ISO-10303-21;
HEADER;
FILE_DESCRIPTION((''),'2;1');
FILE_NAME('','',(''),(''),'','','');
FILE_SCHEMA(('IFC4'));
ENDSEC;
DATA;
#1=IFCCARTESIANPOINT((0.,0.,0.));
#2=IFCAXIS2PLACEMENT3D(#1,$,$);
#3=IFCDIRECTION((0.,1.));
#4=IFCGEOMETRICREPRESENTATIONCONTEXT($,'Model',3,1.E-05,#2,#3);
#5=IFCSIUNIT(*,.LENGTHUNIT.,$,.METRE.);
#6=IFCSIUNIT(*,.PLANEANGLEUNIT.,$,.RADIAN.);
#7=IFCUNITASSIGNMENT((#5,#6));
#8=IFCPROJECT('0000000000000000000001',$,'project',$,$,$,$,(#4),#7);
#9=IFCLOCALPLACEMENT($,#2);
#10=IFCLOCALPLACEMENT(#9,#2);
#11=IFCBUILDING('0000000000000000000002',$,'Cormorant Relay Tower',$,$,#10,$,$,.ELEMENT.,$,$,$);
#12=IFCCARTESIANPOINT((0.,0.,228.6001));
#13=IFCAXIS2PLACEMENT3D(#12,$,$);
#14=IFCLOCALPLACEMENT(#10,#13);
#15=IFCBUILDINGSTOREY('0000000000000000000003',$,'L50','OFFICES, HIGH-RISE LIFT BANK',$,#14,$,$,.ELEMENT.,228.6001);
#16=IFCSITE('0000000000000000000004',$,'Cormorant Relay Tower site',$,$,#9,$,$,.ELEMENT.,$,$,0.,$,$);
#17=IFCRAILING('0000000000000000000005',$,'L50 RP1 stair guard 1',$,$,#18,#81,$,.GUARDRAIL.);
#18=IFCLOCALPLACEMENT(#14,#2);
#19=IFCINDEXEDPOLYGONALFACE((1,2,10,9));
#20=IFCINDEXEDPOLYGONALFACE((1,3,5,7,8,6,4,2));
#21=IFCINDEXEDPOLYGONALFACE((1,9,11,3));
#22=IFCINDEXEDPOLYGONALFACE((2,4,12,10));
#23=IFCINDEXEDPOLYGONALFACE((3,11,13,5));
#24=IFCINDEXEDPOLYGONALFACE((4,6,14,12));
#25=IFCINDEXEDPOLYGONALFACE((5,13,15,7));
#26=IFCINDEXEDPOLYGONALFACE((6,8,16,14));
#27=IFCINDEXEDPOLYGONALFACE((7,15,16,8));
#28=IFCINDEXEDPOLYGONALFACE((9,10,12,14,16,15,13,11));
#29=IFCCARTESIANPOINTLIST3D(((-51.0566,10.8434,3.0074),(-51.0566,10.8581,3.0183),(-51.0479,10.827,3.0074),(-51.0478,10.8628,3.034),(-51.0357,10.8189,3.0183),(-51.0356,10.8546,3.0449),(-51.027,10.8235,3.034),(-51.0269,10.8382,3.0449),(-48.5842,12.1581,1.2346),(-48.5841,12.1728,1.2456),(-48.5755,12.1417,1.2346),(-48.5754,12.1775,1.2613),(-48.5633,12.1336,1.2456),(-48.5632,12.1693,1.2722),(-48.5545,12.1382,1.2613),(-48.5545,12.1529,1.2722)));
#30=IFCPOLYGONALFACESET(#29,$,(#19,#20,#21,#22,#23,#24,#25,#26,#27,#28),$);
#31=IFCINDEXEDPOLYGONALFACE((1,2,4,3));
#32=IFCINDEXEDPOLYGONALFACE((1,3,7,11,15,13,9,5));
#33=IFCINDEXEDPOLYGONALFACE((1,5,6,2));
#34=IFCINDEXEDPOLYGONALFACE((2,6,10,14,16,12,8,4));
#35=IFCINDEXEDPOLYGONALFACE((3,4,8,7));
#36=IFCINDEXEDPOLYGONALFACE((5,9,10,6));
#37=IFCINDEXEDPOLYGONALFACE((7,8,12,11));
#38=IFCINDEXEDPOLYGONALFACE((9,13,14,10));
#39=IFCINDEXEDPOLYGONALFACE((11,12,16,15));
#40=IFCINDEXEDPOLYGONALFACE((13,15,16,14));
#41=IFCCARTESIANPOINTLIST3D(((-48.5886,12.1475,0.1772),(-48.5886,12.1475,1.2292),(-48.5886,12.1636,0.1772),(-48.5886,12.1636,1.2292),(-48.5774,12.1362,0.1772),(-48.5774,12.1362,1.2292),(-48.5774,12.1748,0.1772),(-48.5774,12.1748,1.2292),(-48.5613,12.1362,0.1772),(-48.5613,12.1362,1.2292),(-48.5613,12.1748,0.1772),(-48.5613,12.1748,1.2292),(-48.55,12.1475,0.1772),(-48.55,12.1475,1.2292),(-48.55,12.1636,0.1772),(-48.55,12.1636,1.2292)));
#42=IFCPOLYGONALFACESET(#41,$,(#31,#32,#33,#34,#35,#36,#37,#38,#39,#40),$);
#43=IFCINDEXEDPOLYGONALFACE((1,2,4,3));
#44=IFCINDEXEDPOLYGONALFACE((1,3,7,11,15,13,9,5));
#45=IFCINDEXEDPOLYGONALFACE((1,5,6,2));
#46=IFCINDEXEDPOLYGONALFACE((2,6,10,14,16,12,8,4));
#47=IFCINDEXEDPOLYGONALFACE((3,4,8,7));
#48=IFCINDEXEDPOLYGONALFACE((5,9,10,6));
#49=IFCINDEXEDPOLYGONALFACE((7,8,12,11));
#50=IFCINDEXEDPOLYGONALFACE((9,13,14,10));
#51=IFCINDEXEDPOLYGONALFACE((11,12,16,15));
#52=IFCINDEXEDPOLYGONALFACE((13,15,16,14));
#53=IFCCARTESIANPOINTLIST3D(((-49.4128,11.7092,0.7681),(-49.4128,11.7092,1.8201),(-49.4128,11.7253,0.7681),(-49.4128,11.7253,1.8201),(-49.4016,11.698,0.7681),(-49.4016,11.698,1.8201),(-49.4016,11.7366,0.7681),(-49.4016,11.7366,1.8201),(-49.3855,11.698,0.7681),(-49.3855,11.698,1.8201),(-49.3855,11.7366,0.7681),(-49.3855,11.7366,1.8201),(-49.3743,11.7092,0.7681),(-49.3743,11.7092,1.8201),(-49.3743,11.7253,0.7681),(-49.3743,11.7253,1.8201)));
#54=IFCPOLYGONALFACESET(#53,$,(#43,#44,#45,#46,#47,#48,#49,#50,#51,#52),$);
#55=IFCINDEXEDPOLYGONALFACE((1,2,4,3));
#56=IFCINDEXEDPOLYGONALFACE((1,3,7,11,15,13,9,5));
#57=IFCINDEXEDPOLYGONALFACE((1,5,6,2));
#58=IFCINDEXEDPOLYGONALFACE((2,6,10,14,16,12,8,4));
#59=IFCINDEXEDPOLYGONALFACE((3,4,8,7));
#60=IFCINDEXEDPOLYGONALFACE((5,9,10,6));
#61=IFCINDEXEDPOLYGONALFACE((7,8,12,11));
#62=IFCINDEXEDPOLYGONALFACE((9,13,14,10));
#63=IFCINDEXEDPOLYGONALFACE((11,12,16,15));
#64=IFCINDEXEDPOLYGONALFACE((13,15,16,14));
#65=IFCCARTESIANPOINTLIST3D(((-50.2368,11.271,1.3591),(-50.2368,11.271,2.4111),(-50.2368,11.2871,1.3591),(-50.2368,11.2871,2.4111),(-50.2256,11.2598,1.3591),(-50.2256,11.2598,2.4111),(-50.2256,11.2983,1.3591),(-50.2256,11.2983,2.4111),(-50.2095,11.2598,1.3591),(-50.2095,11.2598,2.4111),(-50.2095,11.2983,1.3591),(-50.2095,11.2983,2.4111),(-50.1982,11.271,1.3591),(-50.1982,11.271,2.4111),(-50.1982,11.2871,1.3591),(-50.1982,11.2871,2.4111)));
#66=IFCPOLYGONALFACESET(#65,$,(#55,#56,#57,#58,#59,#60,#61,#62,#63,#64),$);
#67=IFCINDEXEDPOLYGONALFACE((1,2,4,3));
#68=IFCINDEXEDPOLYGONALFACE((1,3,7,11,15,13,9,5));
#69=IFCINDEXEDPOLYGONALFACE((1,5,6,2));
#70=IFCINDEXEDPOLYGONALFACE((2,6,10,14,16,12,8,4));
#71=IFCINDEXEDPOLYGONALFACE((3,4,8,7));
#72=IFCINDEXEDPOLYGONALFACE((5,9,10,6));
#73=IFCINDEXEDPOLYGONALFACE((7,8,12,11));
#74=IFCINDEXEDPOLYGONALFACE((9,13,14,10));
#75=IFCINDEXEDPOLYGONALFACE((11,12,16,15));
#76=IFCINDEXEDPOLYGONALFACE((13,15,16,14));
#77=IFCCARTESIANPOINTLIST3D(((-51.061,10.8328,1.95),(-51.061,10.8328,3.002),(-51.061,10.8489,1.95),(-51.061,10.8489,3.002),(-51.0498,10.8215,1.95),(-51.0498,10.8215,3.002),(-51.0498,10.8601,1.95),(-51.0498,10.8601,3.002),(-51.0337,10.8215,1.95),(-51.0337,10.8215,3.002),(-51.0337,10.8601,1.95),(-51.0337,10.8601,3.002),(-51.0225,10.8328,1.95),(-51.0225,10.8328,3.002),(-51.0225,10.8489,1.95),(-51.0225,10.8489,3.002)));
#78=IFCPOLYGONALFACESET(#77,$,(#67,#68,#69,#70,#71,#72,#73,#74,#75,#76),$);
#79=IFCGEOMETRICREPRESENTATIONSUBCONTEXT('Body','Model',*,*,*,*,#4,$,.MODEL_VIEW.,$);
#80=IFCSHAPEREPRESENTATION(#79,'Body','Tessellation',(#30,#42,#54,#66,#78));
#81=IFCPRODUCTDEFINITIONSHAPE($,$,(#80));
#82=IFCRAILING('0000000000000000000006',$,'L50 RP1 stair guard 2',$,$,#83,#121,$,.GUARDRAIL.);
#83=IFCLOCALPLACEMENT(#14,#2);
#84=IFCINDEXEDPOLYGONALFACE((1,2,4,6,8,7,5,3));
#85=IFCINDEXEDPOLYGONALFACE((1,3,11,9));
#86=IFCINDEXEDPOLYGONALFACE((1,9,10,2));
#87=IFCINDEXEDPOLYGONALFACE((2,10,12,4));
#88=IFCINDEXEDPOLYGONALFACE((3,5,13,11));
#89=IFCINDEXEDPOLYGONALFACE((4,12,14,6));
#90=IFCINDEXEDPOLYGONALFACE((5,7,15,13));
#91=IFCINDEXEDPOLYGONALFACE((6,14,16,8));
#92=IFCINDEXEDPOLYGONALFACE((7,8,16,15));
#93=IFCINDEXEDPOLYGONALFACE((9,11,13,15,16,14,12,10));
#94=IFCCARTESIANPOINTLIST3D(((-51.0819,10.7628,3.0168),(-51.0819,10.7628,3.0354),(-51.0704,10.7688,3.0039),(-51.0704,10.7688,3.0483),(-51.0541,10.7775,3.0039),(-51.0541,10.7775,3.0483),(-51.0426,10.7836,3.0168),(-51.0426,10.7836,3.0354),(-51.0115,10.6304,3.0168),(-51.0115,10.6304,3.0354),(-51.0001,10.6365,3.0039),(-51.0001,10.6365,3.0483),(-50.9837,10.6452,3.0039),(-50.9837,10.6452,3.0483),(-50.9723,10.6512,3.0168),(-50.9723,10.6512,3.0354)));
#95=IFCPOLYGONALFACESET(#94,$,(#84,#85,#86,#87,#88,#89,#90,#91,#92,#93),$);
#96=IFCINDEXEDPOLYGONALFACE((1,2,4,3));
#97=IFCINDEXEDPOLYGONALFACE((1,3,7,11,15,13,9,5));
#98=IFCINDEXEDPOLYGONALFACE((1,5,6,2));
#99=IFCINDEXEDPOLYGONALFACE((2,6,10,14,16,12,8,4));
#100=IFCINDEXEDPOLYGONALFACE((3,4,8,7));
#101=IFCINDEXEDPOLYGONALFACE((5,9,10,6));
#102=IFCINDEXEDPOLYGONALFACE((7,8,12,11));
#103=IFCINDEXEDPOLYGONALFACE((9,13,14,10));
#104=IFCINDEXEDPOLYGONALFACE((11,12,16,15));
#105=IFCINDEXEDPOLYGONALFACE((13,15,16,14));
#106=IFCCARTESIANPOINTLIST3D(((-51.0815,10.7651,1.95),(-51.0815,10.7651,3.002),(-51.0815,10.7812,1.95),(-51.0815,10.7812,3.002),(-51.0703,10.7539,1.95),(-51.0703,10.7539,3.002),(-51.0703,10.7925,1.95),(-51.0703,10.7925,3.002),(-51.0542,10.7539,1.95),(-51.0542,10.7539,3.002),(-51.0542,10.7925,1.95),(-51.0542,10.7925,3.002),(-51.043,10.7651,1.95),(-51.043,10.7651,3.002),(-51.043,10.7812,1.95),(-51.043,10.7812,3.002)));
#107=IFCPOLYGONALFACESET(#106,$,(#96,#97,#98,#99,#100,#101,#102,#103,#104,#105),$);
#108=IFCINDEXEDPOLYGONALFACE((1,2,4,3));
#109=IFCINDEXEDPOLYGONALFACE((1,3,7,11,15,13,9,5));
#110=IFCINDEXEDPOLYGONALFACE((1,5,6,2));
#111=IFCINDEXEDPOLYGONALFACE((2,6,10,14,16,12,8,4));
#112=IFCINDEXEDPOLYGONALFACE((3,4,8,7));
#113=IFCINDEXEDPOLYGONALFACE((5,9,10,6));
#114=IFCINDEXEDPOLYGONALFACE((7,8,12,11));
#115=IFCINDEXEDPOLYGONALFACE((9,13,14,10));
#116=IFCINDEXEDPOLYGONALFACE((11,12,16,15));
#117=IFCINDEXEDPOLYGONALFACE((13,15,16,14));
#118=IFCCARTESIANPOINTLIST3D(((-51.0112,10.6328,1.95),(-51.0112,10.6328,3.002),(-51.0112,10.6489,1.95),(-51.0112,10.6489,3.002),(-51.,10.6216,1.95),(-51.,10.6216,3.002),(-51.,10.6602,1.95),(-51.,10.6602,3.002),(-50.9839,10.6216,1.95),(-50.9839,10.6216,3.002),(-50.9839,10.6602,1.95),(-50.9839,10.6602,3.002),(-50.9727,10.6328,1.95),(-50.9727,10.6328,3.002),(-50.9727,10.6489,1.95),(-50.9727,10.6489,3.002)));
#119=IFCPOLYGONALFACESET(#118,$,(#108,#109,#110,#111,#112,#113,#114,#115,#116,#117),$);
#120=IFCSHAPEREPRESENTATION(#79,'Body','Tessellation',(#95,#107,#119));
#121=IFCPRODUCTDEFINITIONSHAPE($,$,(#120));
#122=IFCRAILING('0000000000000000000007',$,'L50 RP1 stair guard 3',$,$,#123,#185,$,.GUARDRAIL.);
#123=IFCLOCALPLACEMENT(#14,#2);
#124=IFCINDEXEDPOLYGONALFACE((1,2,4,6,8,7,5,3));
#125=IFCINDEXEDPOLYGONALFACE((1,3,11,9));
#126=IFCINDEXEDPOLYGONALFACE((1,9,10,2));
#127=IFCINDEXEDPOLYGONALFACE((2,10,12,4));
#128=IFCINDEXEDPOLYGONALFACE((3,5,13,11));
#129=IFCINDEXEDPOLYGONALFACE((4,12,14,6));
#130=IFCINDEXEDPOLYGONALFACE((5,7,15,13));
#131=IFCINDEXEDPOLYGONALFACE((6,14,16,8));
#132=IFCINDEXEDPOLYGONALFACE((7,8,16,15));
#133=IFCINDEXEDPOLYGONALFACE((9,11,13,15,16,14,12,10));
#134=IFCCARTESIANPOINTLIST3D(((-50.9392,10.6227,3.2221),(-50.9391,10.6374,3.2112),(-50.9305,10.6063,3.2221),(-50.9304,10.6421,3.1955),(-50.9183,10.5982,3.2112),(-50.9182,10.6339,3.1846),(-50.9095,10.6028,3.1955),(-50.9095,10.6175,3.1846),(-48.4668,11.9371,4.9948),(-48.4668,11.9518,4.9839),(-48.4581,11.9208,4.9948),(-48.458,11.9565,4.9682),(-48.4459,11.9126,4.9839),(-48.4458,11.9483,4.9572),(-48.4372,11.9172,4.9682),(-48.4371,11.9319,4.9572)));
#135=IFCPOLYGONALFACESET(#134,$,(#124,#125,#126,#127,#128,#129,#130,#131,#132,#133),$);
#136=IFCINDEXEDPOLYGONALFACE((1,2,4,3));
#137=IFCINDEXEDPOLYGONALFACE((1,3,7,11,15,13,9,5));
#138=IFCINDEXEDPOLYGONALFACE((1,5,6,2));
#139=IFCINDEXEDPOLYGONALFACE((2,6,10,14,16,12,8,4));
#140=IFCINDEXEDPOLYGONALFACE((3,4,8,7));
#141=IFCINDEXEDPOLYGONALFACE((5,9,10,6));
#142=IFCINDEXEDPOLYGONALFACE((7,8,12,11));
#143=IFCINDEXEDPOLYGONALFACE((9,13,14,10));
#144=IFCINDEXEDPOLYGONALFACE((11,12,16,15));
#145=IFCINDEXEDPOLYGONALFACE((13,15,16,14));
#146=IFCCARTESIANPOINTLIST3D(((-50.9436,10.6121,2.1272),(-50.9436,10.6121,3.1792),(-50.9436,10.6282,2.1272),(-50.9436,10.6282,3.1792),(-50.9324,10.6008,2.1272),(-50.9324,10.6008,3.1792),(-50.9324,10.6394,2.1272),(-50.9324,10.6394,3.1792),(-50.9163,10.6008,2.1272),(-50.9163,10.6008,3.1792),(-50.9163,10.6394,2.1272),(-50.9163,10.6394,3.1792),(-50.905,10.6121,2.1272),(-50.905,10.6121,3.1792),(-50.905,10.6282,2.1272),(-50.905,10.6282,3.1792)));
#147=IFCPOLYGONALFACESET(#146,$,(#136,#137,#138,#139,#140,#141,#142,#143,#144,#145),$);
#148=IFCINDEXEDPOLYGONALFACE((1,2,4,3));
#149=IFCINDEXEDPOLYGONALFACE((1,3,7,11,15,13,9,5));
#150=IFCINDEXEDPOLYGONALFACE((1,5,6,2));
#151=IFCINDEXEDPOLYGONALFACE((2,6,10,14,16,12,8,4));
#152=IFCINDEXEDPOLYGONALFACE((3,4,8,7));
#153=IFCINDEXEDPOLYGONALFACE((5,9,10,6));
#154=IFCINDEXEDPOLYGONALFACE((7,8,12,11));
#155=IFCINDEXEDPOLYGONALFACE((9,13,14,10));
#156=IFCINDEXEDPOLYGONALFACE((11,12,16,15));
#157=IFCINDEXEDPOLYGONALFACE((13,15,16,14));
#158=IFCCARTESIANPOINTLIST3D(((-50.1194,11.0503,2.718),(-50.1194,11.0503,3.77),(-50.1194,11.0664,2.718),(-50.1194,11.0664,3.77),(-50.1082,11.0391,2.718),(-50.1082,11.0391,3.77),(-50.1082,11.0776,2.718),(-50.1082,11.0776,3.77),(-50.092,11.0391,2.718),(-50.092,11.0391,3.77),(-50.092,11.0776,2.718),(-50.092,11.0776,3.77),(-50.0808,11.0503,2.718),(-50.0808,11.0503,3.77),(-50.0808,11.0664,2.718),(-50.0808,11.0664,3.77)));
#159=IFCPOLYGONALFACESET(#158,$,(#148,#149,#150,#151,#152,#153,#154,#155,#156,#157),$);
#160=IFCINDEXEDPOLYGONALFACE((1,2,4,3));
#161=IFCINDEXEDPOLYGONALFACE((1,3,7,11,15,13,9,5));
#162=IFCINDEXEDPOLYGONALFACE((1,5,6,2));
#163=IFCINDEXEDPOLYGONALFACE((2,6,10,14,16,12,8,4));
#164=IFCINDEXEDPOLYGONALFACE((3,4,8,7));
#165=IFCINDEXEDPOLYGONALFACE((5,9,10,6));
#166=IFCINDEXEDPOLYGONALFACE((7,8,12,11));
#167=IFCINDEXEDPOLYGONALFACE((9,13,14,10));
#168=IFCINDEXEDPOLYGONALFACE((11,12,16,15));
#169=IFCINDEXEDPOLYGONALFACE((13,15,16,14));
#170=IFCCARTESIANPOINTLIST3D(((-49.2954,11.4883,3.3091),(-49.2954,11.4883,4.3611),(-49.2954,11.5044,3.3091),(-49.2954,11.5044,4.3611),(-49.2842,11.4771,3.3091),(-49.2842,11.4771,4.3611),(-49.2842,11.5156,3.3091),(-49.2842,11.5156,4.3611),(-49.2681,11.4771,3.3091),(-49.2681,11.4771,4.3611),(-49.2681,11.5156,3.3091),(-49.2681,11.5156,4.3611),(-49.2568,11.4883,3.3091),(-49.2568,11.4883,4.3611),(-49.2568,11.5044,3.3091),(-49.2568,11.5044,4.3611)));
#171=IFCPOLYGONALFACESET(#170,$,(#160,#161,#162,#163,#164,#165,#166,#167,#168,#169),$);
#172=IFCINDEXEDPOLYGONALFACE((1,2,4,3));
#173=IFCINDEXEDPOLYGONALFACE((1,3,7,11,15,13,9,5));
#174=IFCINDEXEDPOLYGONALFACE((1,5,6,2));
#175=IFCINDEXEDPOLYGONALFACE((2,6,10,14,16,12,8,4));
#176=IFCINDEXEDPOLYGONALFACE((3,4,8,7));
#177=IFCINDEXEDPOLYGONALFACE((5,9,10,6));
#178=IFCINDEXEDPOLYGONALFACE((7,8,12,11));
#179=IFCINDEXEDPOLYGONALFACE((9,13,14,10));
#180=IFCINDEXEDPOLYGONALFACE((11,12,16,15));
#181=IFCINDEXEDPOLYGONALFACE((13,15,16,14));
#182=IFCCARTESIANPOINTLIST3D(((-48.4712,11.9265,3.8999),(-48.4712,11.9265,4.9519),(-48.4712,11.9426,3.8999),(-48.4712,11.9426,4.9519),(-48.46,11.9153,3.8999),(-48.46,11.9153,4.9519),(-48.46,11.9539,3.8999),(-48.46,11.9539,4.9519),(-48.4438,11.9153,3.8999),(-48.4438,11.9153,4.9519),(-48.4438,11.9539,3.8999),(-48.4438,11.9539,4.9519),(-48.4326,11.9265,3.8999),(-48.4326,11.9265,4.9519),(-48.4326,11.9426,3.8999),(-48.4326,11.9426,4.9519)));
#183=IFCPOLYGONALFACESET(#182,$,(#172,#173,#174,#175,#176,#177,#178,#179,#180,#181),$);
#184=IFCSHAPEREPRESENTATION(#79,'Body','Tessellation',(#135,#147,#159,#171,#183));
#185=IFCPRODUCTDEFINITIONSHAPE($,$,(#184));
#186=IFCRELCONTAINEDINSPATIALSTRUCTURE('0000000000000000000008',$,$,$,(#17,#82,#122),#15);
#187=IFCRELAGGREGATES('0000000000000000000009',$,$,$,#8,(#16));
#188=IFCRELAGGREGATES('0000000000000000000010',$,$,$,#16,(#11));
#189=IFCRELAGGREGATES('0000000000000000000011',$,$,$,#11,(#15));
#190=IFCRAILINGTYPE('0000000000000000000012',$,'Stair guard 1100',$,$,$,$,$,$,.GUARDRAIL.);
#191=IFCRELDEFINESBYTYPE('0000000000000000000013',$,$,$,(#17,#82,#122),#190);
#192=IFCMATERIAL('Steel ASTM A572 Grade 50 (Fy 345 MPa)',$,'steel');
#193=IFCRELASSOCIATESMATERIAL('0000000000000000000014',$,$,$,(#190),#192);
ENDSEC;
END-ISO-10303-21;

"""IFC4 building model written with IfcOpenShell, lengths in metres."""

from ifc_helpers import new_model, si_unit, direction, frame, origin, place, context, subcontext, project, spatial, polyline, outline, extrude, material, type_object, element, save


model = new_model("IFC4")

# Units and contexts
model_context = context("Model", 3, precision=1e-05, world=origin(), true_north=direction((0.0, 1.0)))
body_context = subcontext(model_context, "Body", "Model", "MODEL_VIEW")
ifc_project = project(units=[si_unit("LENGTHUNIT", "METRE"), si_unit("PLANEANGLEUNIT", "RADIAN")], contexts=[model_context])

# Site, building, storey
site_placement = place(None, origin())
site = spatial("IfcSite", under=ifc_project, at=site_placement, Name="Cormorant Relay Tower site", CompositionType="ELEMENT", RefElevation=0.0)
building_placement = place(site_placement, origin())
building = spatial("IfcBuilding", under=site, at=building_placement, Name="Cormorant Relay Tower", CompositionType="ELEMENT")
storey_placement = place(building_placement, frame((0.0, 0.0, 228.6001)))
storey = spatial("IfcBuildingStorey", under=building, at=storey_placement, Name="L50", Description="OFFICES, HIGH-RISE LIFT BANK", CompositionType="ELEMENT", Elevation=228.6001)

# Railings
ifc_material_1 = material(Name="Steel ASTM A572 Grade 50 (Fy 345 MPa)", Category="steel")
railing_type_1 = type_object("IfcRailingType", Name="Stair guard 1100", PredefinedType="GUARDRAIL", material=ifc_material_1)
railing_1_placement = place(storey_placement, frame((-48.5693, 12.1555, 0.1772)))
element("IfcRailing", 1, at=railing_1_placement, inside=storey, type_object=railing_type_1, Name="L50 RP1 stair guard 1", PredefinedType="GUARDRAIL", context=body_context, shape_type="SweptSolid", body=[
    extrude(outline(polyline([(0.0222, 0.0093), (0.0093, 0.0222), (-0.0093, 0.0222), (-0.0222, 0.0093), (-0.0222, -0.0093), (-0.0093, -0.0222), (0.0093, -0.0222), (0.0222, -0.0093), (0.0222, 0.0093)])), frame((0.0, 0.0, 1.0762), z_axis=(-0.746012, -0.39669, 0.534886), x_axis=(0.469497, -0.882934, 0.0)), (0.0, 0.0, 1.0), 3.3142),
    extrude(outline(polyline([(0.0193, 0.0081), (0.0081, 0.0193), (-0.0081, 0.0193), (-0.0193, 0.0081), (-0.0193, -0.0081), (-0.0081, -0.0193), (0.0081, -0.0193), (0.0193, -0.0081), (0.0193, 0.0081)])), origin(), (0.0, 0.0, 1.0), 1.052),
    extrude(outline(polyline([(0.0193, 0.0081), (0.0081, 0.0193), (-0.0081, 0.0193), (-0.0193, 0.0081), (-0.0193, -0.0081), (-0.0081, -0.0193), (0.0081, -0.0193), (0.0193, -0.0081), (0.0193, 0.0081)])), frame((-0.8242, -0.4382, 0.5908)), (0.0, 0.0, 1.0), 1.052),
    extrude(outline(polyline([(0.0193, 0.0081), (0.0081, 0.0193), (-0.0081, 0.0193), (-0.0193, 0.0081), (-0.0193, -0.0081), (-0.0081, -0.0193), (0.0081, -0.0193), (0.0193, -0.0081), (0.0193, 0.0081)])), frame((-1.6482, -0.8765, 1.1819)), (0.0, 0.0, 1.0), 1.052),
    extrude(outline(polyline([(0.0193, 0.0081), (0.0081, 0.0193), (-0.0081, 0.0193), (-0.0193, 0.0081), (-0.0193, -0.0081), (-0.0081, -0.0193), (0.0081, -0.0193), (0.0193, -0.0081), (0.0193, 0.0081)])), frame((-2.4724, -1.3147, 1.7727)), (0.0, 0.0, 1.0), 1.052),
])
railing_2_placement = place(storey_placement, frame((-51.0623, 10.7732, 1.95)))
element("IfcRailing", 2, at=railing_2_placement, inside=storey, type_object=railing_type_1, Name="L50 RP1 stair guard 2", PredefinedType="GUARDRAIL", context=body_context, shape_type="SweptSolid", body=[
    extrude(outline(polyline([(0.0222, 0.0093), (0.0093, 0.0222), (-0.0093, 0.0222), (-0.0222, 0.0093), (-0.0222, -0.0093), (-0.0093, -0.0222), (0.0093, -0.0222), (0.0222, -0.0093), (0.0222, 0.0093)])), frame((0.0, 0.0, 1.0762), z_axis=(0.469235, -0.883074, 0.0), x_axis=(0.883074, 0.469235, 0.0)), (0.0, 0.0, 1.0), 0.1499),
    extrude(outline(polyline([(0.0193, 0.0081), (0.0081, 0.0193), (-0.0081, 0.0193), (-0.0193, 0.0081), (-0.0193, -0.0081), (-0.0081, -0.0193), (0.0081, -0.0193), (0.0193, -0.0081), (0.0193, 0.0081)])), origin(), (0.0, 0.0, 1.0), 1.052),
    extrude(outline(polyline([(0.0193, 0.0081), (0.0081, 0.0193), (-0.0081, 0.0193), (-0.0193, 0.0081), (-0.0193, -0.0081), (-0.0081, -0.0193), (0.0081, -0.0193), (0.0193, -0.0081), (0.0193, 0.0081)])), frame((0.0703, -0.1323, 0.0)), (0.0, 0.0, 1.0), 1.052),
])
railing_3_placement = place(storey_placement, frame((-50.9243, 10.6201, 2.1272)))
element("IfcRailing", 3, at=railing_3_placement, inside=storey, type_object=railing_type_1, Name="L50 RP1 stair guard 3", PredefinedType="GUARDRAIL", context=body_context, shape_type="SweptSolid", body=[
    extrude(outline(polyline([(0.0222, 0.0093), (0.0093, 0.0222), (-0.0093, 0.0222), (-0.0222, 0.0093), (-0.0222, -0.0093), (-0.0093, -0.0222), (0.0093, -0.0222), (0.0222, -0.0093), (0.0222, 0.0093)])), frame((0.0, 0.0, 1.0762), z_axis=(0.746034, 0.396627, 0.534902), x_axis=(-0.469429, 0.88297, 0.0)), (0.0, 0.0, 1.0), 3.314),
    extrude(outline(polyline([(0.0193, 0.0081), (0.0081, 0.0193), (-0.0081, 0.0193), (-0.0193, 0.0081), (-0.0193, -0.0081), (-0.0081, -0.0193), (0.0081, -0.0193), (0.0193, -0.0081), (0.0193, 0.0081)])), origin(), (0.0, 0.0, 1.0), 1.052),
    extrude(outline(polyline([(0.0193, 0.0081), (0.0081, 0.0193), (-0.0081, 0.0193), (-0.0193, 0.0081), (-0.0193, -0.0081), (-0.0081, -0.0193), (0.0081, -0.0193), (0.0193, -0.0081), (0.0193, 0.0081)])), frame((0.8242, 0.4382, 0.5908)), (0.0, 0.0, 1.0), 1.052),
    extrude(outline(polyline([(0.0193, 0.0081), (0.0081, 0.0193), (-0.0081, 0.0193), (-0.0193, 0.0081), (-0.0193, -0.0081), (-0.0081, -0.0193), (0.0081, -0.0193), (0.0193, -0.0081), (0.0193, 0.0081)])), frame((1.6482, 0.8762, 1.1819)), (0.0, 0.0, 1.0), 1.052),
    extrude(outline(polyline([(0.0193, 0.0081), (0.0081, 0.0193), (-0.0081, 0.0193), (-0.0193, 0.0081), (-0.0193, -0.0081), (-0.0081, -0.0193), (0.0081, -0.0193), (0.0193, -0.0081), (0.0193, 0.0081)])), frame((2.4724, 1.3145, 1.7727)), (0.0, 0.0, 1.0), 1.052),
])

save(model, "model.ifc")
